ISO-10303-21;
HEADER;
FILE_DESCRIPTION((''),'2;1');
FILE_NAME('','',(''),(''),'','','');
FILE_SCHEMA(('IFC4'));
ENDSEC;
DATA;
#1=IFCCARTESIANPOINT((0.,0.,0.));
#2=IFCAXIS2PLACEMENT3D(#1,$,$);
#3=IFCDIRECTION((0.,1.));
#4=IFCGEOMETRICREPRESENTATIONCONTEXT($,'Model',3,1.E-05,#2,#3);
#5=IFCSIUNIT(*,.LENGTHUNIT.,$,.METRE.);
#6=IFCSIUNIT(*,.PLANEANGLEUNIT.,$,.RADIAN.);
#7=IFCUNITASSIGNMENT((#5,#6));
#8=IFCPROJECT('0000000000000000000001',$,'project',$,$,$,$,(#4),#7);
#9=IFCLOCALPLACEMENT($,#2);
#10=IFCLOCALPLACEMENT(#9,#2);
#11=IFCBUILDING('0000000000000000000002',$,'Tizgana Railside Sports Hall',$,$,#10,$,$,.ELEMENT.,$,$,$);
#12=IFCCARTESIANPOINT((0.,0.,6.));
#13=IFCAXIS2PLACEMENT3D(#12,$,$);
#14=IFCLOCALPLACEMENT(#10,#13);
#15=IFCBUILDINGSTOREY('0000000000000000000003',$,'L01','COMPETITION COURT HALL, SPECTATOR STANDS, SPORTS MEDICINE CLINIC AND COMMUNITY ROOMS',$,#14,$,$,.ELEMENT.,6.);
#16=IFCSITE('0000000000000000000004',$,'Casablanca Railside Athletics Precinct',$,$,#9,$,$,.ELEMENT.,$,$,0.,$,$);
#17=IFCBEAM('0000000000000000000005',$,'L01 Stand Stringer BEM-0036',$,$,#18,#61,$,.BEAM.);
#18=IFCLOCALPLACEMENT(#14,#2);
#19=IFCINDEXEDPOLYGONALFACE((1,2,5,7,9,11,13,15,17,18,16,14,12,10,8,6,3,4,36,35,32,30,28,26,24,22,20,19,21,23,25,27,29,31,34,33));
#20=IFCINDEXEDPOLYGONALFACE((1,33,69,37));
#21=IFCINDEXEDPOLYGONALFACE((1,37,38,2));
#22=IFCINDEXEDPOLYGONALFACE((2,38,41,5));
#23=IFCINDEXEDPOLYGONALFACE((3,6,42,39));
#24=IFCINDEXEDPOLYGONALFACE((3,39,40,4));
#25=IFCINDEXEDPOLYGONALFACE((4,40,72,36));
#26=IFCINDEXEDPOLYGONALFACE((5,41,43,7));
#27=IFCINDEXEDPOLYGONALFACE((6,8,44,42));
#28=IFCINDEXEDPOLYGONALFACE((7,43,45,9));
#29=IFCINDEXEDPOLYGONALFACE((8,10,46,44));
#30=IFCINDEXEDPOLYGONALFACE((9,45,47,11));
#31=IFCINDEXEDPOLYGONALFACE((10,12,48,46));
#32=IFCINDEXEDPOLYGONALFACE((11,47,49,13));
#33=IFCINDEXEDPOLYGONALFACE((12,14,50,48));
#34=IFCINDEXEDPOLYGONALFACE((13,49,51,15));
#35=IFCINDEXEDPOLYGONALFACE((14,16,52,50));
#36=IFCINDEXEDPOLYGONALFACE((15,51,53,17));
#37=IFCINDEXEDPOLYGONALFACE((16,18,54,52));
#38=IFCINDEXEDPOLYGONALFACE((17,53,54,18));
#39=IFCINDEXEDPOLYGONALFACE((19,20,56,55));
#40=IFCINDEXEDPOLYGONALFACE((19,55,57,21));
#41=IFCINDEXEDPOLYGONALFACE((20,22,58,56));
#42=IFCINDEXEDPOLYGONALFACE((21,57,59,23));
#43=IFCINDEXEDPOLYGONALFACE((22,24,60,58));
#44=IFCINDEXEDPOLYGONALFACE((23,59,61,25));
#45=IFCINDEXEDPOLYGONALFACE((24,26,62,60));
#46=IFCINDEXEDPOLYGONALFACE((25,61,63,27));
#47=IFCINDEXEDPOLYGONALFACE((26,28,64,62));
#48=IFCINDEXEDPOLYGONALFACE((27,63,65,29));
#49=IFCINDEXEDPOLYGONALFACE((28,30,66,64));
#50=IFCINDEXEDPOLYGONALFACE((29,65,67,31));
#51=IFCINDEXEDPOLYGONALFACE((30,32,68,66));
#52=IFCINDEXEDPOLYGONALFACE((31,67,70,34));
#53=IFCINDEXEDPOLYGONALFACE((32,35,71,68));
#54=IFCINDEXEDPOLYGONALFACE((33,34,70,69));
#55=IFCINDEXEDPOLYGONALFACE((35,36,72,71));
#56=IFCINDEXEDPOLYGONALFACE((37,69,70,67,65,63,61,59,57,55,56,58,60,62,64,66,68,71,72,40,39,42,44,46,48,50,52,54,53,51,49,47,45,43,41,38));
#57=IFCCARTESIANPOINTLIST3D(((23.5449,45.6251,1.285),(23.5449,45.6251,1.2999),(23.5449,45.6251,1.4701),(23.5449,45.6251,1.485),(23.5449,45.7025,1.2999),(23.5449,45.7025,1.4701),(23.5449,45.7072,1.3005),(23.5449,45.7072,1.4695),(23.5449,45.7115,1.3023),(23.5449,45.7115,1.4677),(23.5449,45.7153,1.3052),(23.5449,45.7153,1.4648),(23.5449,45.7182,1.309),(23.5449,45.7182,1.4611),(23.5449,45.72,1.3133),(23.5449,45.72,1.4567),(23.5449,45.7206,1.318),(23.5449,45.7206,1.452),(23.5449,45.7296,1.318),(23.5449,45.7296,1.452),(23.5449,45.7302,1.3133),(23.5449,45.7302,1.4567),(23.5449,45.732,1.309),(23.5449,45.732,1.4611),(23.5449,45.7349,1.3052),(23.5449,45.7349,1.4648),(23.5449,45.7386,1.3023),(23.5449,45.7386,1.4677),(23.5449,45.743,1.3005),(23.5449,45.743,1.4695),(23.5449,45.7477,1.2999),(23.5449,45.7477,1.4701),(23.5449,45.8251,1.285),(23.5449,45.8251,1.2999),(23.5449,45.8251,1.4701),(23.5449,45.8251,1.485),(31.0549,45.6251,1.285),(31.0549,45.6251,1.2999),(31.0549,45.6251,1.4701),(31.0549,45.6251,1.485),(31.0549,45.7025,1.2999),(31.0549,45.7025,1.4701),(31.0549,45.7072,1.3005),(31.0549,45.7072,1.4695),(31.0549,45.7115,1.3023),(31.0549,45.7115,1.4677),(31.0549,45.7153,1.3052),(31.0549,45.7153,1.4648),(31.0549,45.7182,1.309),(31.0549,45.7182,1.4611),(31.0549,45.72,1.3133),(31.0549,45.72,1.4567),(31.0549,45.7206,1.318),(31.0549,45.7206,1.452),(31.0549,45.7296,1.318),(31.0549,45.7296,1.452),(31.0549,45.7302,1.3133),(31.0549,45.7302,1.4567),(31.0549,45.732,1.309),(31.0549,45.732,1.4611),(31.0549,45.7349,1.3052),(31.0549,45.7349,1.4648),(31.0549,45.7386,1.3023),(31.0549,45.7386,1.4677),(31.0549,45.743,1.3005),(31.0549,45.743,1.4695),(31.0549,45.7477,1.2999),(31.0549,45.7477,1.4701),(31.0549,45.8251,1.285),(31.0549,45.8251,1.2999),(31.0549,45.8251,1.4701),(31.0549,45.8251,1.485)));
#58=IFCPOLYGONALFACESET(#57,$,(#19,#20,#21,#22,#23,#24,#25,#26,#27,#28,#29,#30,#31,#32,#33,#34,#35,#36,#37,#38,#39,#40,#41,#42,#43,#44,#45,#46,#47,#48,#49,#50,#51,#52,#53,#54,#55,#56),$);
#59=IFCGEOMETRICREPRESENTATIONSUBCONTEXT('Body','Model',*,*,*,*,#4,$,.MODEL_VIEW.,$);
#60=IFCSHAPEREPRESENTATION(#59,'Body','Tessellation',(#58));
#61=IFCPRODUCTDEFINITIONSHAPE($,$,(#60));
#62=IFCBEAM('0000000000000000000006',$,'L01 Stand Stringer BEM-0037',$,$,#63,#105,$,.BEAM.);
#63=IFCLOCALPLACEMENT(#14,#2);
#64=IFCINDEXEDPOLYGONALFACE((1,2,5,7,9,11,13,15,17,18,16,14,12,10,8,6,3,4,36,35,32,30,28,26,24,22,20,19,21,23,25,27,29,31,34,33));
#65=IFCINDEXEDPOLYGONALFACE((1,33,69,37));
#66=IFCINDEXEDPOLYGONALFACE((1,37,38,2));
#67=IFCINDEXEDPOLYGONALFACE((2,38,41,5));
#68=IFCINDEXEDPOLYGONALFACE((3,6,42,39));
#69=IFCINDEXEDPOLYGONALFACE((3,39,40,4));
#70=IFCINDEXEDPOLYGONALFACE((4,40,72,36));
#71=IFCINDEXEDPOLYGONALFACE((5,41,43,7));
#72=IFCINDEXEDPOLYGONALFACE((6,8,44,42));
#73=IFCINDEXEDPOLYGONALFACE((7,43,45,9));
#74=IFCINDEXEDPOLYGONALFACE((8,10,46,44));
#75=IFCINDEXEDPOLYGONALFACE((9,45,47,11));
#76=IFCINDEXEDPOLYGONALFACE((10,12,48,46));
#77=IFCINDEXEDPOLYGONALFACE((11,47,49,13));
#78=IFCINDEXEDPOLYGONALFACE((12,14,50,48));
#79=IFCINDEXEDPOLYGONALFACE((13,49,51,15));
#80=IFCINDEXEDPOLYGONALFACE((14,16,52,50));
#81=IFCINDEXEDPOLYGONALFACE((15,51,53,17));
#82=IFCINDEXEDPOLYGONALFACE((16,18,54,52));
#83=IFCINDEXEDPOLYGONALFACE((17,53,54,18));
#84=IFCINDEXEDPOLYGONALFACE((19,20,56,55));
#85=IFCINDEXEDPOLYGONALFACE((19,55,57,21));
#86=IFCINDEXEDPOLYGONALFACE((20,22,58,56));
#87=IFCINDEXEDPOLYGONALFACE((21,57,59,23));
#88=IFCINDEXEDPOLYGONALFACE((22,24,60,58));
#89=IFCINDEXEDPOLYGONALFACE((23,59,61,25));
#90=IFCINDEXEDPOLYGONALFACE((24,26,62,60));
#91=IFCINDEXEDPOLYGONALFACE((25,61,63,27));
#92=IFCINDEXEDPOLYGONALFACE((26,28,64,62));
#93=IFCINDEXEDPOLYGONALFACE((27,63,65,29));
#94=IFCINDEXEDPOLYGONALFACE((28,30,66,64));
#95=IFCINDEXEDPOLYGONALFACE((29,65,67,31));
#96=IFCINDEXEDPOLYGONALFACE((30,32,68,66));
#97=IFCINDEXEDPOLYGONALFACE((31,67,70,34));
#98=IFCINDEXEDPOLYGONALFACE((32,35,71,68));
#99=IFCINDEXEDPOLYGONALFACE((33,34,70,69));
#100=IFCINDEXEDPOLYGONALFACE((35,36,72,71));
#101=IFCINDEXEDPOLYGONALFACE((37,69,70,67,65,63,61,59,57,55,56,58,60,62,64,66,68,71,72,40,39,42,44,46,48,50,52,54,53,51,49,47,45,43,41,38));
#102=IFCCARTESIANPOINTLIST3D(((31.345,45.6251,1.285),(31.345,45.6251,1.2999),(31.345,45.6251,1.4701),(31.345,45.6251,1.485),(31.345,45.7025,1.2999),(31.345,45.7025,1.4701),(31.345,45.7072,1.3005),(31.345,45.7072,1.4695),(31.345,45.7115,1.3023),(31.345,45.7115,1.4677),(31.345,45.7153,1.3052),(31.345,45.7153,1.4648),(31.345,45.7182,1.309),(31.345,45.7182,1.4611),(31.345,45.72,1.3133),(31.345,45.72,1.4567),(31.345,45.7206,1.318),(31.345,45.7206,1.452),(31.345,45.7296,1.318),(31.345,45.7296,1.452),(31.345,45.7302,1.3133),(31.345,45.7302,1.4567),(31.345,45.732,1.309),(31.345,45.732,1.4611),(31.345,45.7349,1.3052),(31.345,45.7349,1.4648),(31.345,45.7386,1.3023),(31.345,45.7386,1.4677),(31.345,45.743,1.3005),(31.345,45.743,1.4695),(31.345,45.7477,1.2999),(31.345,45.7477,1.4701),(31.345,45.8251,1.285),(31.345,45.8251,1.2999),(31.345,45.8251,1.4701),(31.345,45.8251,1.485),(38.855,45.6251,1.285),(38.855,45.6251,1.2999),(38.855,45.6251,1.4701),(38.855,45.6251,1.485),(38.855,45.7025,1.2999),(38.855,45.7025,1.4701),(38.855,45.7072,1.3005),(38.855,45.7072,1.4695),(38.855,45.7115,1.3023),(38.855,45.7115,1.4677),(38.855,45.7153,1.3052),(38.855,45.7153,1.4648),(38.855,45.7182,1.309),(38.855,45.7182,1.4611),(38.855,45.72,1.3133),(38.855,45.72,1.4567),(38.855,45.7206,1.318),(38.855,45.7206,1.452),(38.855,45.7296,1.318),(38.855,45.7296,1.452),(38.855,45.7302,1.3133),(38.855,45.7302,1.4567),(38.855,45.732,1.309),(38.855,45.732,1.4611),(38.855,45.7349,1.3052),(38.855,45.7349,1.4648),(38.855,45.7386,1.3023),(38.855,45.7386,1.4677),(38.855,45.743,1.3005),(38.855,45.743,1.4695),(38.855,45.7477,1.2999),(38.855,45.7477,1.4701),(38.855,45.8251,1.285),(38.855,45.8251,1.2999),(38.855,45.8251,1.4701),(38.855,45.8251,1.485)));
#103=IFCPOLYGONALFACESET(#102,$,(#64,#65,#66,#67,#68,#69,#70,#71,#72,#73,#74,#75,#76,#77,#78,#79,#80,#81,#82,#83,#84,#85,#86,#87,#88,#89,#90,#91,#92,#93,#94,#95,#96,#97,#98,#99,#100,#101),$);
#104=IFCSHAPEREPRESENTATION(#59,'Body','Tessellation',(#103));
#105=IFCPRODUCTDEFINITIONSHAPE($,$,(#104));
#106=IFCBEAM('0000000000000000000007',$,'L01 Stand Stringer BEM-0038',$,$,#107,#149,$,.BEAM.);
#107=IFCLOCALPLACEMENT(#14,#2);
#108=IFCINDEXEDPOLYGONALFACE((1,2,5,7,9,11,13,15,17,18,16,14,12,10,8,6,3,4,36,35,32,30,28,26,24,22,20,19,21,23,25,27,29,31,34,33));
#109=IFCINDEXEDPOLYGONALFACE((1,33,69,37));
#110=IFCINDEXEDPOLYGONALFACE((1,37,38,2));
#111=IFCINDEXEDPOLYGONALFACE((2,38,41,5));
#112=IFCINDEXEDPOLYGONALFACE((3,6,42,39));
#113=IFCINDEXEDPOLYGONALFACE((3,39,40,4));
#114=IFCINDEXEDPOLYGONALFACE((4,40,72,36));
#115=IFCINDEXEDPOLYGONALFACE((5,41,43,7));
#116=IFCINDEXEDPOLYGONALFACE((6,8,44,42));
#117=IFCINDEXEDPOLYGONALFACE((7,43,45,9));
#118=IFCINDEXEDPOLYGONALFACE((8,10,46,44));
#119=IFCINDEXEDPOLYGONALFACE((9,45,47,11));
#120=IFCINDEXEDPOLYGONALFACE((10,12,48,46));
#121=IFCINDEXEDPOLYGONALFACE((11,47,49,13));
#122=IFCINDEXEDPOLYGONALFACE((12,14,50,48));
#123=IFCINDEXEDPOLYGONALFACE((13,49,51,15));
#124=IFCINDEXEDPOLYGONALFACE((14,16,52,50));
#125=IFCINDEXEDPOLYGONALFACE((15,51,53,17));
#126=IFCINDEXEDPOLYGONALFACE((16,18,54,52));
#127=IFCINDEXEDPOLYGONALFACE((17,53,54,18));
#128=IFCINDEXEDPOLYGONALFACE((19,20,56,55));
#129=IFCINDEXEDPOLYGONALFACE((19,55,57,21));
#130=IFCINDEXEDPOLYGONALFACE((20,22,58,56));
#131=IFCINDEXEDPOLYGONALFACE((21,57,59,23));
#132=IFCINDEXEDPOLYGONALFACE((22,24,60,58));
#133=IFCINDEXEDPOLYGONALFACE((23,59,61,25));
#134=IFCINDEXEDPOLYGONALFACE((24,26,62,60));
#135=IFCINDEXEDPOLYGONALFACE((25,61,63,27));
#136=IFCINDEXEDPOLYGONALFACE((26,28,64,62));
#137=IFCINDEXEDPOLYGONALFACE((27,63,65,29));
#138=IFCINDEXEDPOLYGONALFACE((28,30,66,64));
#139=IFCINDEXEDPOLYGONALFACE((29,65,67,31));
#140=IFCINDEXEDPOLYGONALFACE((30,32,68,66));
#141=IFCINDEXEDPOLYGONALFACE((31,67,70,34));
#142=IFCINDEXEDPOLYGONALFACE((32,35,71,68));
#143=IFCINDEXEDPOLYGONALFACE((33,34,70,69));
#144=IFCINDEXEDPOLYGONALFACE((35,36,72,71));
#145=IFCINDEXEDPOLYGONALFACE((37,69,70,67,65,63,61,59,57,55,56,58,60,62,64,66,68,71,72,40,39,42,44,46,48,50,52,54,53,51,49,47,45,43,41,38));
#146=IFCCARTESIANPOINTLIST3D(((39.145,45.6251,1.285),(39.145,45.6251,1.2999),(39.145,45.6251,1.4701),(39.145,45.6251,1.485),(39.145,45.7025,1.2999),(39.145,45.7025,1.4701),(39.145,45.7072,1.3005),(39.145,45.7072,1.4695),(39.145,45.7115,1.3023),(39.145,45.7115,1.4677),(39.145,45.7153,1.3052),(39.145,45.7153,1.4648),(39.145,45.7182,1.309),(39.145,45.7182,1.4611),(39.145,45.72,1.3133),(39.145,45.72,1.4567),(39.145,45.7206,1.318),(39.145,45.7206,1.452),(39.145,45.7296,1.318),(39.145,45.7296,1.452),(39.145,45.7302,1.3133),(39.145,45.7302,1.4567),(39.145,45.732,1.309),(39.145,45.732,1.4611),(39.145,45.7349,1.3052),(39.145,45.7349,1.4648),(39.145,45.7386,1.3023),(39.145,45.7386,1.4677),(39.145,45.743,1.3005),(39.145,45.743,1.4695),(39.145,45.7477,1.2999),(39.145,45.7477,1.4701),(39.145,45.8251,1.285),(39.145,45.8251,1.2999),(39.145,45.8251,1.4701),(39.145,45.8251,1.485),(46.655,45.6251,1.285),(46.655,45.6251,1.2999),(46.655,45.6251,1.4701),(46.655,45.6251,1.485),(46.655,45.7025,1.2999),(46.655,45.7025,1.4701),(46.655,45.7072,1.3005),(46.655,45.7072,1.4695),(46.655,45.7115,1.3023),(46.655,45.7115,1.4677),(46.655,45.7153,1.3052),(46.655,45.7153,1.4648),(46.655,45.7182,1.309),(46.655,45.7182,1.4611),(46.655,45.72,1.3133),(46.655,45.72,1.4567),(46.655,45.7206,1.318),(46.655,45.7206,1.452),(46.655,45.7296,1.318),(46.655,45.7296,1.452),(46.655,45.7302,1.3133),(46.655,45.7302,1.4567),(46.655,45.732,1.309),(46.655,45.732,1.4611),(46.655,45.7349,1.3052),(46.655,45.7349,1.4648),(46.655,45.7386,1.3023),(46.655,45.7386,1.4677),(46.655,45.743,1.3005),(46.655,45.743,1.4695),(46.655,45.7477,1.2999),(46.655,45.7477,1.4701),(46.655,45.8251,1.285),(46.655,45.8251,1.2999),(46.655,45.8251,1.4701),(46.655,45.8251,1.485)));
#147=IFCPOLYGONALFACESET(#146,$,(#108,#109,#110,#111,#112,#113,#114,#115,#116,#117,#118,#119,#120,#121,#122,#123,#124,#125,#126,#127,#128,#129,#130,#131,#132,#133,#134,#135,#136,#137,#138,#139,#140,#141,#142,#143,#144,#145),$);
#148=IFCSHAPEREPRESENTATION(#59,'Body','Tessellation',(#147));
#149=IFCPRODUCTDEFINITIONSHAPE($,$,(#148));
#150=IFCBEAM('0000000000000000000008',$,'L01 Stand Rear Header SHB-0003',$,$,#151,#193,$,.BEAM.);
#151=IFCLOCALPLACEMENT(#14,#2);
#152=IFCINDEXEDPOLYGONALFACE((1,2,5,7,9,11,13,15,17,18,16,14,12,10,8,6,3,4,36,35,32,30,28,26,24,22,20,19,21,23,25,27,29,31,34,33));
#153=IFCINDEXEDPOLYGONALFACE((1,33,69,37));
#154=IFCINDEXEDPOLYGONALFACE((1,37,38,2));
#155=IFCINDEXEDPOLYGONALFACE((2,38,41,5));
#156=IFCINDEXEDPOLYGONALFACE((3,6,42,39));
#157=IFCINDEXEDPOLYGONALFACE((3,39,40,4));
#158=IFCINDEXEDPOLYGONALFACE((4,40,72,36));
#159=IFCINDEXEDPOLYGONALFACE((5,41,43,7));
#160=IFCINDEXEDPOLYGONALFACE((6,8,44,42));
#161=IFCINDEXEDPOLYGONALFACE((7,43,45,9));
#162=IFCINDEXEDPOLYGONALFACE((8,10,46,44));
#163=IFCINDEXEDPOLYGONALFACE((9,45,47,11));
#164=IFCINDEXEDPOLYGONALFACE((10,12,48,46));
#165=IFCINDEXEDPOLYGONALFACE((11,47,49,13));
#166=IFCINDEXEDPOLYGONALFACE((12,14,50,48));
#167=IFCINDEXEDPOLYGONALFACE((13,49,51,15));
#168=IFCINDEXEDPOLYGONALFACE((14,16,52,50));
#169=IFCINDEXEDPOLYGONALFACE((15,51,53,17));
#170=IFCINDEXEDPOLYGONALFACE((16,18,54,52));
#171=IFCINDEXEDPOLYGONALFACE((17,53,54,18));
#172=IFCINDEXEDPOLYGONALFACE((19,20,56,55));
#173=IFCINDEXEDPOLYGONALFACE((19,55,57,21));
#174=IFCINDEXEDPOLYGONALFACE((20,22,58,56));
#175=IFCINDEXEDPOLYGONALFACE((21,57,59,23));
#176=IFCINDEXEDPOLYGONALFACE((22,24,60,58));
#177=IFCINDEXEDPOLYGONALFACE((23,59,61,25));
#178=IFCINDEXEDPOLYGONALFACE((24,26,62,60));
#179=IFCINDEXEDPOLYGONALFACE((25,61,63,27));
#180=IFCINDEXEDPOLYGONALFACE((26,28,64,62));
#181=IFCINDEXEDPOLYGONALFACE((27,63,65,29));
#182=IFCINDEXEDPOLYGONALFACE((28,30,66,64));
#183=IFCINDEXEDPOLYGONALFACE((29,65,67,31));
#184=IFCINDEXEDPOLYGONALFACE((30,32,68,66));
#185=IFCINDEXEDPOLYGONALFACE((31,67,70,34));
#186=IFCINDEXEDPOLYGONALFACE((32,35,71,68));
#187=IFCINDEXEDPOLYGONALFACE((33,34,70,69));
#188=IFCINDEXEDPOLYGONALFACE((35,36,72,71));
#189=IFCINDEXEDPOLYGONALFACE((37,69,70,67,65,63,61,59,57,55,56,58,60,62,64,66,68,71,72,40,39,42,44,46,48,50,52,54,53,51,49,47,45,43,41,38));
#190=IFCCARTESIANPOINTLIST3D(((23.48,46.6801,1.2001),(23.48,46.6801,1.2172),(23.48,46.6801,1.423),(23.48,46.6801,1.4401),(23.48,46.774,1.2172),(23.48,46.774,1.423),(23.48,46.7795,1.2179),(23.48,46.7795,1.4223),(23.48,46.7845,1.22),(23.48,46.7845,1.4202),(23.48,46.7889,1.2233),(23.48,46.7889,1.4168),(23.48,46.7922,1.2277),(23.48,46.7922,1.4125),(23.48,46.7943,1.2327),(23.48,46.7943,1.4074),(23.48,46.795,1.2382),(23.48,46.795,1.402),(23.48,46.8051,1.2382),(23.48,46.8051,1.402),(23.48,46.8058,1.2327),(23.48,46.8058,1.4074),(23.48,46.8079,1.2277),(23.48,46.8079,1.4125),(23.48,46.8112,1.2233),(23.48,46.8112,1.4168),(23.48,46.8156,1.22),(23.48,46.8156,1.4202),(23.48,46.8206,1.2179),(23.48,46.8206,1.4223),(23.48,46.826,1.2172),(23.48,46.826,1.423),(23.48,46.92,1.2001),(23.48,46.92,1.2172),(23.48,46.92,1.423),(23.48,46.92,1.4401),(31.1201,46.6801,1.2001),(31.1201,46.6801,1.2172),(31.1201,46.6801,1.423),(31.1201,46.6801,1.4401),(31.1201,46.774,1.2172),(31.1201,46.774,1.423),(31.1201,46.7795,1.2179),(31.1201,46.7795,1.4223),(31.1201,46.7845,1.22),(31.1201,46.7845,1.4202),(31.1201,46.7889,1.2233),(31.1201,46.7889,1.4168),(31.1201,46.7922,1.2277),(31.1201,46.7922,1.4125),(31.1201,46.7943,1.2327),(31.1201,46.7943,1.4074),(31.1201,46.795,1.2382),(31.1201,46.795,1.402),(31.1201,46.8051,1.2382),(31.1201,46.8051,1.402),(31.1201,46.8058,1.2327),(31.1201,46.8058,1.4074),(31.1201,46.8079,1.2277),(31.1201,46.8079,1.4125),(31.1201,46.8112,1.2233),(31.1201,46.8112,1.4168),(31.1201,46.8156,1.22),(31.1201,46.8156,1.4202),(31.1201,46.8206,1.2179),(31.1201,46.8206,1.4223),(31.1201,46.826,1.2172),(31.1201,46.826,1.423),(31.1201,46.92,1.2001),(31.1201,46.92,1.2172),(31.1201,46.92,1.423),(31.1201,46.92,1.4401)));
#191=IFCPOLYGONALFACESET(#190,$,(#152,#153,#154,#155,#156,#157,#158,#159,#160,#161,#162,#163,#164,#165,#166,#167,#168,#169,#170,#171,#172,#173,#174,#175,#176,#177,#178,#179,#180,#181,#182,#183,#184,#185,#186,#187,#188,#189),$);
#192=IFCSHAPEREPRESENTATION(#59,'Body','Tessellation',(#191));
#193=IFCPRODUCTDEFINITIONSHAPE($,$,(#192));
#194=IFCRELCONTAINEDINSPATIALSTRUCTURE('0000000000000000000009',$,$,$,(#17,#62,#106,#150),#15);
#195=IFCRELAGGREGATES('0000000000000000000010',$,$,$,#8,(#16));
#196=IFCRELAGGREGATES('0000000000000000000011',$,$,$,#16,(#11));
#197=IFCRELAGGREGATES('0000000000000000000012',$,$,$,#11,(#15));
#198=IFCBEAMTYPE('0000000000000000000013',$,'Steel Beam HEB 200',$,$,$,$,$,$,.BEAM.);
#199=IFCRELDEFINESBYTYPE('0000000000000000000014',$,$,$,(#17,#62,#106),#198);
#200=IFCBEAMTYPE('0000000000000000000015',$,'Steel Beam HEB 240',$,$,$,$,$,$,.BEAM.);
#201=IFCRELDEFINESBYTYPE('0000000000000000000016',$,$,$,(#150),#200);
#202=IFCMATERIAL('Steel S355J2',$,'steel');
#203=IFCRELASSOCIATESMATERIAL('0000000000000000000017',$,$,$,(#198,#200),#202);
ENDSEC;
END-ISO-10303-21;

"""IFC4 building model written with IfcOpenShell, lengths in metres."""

from ifc_helpers import new_model, si_unit, direction, frame, origin, origin_2d, place, context, subcontext, project, spatial, i_section, extrude, material, material_profile, profile_set, type_object, element, save


model = new_model("IFC4")

# Units and contexts
model_context = context("Model", 3, precision=1e-05, world=origin(), true_north=direction((0.0, 1.0)))
body_context = subcontext(model_context, "Body", "Model", "MODEL_VIEW")
ifc_project = project(units=[si_unit("LENGTHUNIT", "METRE"), si_unit("PLANEANGLEUNIT", "RADIAN")], contexts=[model_context])

# Site, building, storey
site_placement = place(None, origin())
site = spatial("IfcSite", under=ifc_project, at=site_placement, Name="Casablanca Railside Athletics Precinct", CompositionType="ELEMENT", RefElevation=0.0)
building_placement = place(site_placement, origin())
building = spatial("IfcBuilding", under=site, at=building_placement, Name="Tizgana Railside Sports Hall", CompositionType="ELEMENT")
storey_placement = place(building_placement, frame((0.0, 0.0, 6.0)))
storey = spatial("IfcBuildingStorey", under=building, at=storey_placement, Name="L01", Description="COMPETITION COURT HALL, SPECTATOR STANDS, SPORTS MEDICINE CLINIC AND COMMUNITY ROOMS", CompositionType="ELEMENT", Elevation=6.0)

# Beams
ifc_material_1 = material(Name="Steel S355J2", Category="steel")
ifc_material_profile_1 = material_profile(ifc_material_1, i_section(OverallWidth=0.2, OverallDepth=0.2, WebThickness=0.009, FlangeThickness=0.0149, FilletRadius=0.0181, at=origin_2d()), Name="HEB 200")
ifc_profile_set_1 = profile_set([ifc_material_profile_1], Name="Steel S355J2")
beam_type_1 = type_object("IfcBeamType", Name="Steel Beam HEB 200", PredefinedType="BEAM", material=ifc_profile_set_1)
for number, where, z_axis, x_axis, name in (
    (1, (23.5449, 45.7251, 1.385), (1.0, 0.0, 0.0), (0.0, 1.0, 0.0), "L01 Stand Stringer BEM-0036"),
    (2, (31.345, 45.7251, 1.385), (1.0, 0.0, 0.0), (0.0, 1.0, 0.0), "L01 Stand Stringer BEM-0037"),
    (3, (39.145, 45.7251, 1.385), (1.0, 0.0, 0.0), (0.0, 1.0, 0.0), "L01 Stand Stringer BEM-0038"),
):
    element("IfcBeam", number, at=place(storey_placement, frame(where, z_axis=z_axis, x_axis=x_axis)), inside=storey, type_object=beam_type_1, Name=name, PredefinedType="BEAM", context=body_context, shape_type="SweptSolid", body=[
        extrude(i_section(OverallWidth=0.2, OverallDepth=0.2, WebThickness=0.009, FlangeThickness=0.0149, FilletRadius=0.0181, at=origin_2d()), origin(), (0.0, 0.0, 1.0), 7.51),
    ])
ifc_material_profile_2 = material_profile(ifc_material_1, i_section(OverallWidth=0.24, OverallDepth=0.24, WebThickness=0.01, FlangeThickness=0.0171, FilletRadius=0.021, at=origin_2d()), Name="HEB 240")
ifc_profile_set_2 = profile_set([ifc_material_profile_2], Name="Steel S355J2")
beam_type_2 = type_object("IfcBeamType", Name="Steel Beam HEB 240", PredefinedType="BEAM", material=ifc_profile_set_2)
beam_1_placement = place(storey_placement, frame((23.48, 46.8, 1.3201), z_axis=(1.0, 0.0, 0.0), x_axis=(0.0, 1.0, 0.0)))
element("IfcBeam", 4, at=beam_1_placement, inside=storey, type_object=beam_type_2, Name="L01 Stand Rear Header SHB-0003", PredefinedType="BEAM", context=body_context, shape_type="SweptSolid", body=[
    extrude(i_section(OverallWidth=0.24, OverallDepth=0.24, WebThickness=0.01, FlangeThickness=0.0171, FilletRadius=0.021, at=origin_2d()), origin(), (0.0, 0.0, 1.0), 7.6401),
])

save(model, "model.ifc")
